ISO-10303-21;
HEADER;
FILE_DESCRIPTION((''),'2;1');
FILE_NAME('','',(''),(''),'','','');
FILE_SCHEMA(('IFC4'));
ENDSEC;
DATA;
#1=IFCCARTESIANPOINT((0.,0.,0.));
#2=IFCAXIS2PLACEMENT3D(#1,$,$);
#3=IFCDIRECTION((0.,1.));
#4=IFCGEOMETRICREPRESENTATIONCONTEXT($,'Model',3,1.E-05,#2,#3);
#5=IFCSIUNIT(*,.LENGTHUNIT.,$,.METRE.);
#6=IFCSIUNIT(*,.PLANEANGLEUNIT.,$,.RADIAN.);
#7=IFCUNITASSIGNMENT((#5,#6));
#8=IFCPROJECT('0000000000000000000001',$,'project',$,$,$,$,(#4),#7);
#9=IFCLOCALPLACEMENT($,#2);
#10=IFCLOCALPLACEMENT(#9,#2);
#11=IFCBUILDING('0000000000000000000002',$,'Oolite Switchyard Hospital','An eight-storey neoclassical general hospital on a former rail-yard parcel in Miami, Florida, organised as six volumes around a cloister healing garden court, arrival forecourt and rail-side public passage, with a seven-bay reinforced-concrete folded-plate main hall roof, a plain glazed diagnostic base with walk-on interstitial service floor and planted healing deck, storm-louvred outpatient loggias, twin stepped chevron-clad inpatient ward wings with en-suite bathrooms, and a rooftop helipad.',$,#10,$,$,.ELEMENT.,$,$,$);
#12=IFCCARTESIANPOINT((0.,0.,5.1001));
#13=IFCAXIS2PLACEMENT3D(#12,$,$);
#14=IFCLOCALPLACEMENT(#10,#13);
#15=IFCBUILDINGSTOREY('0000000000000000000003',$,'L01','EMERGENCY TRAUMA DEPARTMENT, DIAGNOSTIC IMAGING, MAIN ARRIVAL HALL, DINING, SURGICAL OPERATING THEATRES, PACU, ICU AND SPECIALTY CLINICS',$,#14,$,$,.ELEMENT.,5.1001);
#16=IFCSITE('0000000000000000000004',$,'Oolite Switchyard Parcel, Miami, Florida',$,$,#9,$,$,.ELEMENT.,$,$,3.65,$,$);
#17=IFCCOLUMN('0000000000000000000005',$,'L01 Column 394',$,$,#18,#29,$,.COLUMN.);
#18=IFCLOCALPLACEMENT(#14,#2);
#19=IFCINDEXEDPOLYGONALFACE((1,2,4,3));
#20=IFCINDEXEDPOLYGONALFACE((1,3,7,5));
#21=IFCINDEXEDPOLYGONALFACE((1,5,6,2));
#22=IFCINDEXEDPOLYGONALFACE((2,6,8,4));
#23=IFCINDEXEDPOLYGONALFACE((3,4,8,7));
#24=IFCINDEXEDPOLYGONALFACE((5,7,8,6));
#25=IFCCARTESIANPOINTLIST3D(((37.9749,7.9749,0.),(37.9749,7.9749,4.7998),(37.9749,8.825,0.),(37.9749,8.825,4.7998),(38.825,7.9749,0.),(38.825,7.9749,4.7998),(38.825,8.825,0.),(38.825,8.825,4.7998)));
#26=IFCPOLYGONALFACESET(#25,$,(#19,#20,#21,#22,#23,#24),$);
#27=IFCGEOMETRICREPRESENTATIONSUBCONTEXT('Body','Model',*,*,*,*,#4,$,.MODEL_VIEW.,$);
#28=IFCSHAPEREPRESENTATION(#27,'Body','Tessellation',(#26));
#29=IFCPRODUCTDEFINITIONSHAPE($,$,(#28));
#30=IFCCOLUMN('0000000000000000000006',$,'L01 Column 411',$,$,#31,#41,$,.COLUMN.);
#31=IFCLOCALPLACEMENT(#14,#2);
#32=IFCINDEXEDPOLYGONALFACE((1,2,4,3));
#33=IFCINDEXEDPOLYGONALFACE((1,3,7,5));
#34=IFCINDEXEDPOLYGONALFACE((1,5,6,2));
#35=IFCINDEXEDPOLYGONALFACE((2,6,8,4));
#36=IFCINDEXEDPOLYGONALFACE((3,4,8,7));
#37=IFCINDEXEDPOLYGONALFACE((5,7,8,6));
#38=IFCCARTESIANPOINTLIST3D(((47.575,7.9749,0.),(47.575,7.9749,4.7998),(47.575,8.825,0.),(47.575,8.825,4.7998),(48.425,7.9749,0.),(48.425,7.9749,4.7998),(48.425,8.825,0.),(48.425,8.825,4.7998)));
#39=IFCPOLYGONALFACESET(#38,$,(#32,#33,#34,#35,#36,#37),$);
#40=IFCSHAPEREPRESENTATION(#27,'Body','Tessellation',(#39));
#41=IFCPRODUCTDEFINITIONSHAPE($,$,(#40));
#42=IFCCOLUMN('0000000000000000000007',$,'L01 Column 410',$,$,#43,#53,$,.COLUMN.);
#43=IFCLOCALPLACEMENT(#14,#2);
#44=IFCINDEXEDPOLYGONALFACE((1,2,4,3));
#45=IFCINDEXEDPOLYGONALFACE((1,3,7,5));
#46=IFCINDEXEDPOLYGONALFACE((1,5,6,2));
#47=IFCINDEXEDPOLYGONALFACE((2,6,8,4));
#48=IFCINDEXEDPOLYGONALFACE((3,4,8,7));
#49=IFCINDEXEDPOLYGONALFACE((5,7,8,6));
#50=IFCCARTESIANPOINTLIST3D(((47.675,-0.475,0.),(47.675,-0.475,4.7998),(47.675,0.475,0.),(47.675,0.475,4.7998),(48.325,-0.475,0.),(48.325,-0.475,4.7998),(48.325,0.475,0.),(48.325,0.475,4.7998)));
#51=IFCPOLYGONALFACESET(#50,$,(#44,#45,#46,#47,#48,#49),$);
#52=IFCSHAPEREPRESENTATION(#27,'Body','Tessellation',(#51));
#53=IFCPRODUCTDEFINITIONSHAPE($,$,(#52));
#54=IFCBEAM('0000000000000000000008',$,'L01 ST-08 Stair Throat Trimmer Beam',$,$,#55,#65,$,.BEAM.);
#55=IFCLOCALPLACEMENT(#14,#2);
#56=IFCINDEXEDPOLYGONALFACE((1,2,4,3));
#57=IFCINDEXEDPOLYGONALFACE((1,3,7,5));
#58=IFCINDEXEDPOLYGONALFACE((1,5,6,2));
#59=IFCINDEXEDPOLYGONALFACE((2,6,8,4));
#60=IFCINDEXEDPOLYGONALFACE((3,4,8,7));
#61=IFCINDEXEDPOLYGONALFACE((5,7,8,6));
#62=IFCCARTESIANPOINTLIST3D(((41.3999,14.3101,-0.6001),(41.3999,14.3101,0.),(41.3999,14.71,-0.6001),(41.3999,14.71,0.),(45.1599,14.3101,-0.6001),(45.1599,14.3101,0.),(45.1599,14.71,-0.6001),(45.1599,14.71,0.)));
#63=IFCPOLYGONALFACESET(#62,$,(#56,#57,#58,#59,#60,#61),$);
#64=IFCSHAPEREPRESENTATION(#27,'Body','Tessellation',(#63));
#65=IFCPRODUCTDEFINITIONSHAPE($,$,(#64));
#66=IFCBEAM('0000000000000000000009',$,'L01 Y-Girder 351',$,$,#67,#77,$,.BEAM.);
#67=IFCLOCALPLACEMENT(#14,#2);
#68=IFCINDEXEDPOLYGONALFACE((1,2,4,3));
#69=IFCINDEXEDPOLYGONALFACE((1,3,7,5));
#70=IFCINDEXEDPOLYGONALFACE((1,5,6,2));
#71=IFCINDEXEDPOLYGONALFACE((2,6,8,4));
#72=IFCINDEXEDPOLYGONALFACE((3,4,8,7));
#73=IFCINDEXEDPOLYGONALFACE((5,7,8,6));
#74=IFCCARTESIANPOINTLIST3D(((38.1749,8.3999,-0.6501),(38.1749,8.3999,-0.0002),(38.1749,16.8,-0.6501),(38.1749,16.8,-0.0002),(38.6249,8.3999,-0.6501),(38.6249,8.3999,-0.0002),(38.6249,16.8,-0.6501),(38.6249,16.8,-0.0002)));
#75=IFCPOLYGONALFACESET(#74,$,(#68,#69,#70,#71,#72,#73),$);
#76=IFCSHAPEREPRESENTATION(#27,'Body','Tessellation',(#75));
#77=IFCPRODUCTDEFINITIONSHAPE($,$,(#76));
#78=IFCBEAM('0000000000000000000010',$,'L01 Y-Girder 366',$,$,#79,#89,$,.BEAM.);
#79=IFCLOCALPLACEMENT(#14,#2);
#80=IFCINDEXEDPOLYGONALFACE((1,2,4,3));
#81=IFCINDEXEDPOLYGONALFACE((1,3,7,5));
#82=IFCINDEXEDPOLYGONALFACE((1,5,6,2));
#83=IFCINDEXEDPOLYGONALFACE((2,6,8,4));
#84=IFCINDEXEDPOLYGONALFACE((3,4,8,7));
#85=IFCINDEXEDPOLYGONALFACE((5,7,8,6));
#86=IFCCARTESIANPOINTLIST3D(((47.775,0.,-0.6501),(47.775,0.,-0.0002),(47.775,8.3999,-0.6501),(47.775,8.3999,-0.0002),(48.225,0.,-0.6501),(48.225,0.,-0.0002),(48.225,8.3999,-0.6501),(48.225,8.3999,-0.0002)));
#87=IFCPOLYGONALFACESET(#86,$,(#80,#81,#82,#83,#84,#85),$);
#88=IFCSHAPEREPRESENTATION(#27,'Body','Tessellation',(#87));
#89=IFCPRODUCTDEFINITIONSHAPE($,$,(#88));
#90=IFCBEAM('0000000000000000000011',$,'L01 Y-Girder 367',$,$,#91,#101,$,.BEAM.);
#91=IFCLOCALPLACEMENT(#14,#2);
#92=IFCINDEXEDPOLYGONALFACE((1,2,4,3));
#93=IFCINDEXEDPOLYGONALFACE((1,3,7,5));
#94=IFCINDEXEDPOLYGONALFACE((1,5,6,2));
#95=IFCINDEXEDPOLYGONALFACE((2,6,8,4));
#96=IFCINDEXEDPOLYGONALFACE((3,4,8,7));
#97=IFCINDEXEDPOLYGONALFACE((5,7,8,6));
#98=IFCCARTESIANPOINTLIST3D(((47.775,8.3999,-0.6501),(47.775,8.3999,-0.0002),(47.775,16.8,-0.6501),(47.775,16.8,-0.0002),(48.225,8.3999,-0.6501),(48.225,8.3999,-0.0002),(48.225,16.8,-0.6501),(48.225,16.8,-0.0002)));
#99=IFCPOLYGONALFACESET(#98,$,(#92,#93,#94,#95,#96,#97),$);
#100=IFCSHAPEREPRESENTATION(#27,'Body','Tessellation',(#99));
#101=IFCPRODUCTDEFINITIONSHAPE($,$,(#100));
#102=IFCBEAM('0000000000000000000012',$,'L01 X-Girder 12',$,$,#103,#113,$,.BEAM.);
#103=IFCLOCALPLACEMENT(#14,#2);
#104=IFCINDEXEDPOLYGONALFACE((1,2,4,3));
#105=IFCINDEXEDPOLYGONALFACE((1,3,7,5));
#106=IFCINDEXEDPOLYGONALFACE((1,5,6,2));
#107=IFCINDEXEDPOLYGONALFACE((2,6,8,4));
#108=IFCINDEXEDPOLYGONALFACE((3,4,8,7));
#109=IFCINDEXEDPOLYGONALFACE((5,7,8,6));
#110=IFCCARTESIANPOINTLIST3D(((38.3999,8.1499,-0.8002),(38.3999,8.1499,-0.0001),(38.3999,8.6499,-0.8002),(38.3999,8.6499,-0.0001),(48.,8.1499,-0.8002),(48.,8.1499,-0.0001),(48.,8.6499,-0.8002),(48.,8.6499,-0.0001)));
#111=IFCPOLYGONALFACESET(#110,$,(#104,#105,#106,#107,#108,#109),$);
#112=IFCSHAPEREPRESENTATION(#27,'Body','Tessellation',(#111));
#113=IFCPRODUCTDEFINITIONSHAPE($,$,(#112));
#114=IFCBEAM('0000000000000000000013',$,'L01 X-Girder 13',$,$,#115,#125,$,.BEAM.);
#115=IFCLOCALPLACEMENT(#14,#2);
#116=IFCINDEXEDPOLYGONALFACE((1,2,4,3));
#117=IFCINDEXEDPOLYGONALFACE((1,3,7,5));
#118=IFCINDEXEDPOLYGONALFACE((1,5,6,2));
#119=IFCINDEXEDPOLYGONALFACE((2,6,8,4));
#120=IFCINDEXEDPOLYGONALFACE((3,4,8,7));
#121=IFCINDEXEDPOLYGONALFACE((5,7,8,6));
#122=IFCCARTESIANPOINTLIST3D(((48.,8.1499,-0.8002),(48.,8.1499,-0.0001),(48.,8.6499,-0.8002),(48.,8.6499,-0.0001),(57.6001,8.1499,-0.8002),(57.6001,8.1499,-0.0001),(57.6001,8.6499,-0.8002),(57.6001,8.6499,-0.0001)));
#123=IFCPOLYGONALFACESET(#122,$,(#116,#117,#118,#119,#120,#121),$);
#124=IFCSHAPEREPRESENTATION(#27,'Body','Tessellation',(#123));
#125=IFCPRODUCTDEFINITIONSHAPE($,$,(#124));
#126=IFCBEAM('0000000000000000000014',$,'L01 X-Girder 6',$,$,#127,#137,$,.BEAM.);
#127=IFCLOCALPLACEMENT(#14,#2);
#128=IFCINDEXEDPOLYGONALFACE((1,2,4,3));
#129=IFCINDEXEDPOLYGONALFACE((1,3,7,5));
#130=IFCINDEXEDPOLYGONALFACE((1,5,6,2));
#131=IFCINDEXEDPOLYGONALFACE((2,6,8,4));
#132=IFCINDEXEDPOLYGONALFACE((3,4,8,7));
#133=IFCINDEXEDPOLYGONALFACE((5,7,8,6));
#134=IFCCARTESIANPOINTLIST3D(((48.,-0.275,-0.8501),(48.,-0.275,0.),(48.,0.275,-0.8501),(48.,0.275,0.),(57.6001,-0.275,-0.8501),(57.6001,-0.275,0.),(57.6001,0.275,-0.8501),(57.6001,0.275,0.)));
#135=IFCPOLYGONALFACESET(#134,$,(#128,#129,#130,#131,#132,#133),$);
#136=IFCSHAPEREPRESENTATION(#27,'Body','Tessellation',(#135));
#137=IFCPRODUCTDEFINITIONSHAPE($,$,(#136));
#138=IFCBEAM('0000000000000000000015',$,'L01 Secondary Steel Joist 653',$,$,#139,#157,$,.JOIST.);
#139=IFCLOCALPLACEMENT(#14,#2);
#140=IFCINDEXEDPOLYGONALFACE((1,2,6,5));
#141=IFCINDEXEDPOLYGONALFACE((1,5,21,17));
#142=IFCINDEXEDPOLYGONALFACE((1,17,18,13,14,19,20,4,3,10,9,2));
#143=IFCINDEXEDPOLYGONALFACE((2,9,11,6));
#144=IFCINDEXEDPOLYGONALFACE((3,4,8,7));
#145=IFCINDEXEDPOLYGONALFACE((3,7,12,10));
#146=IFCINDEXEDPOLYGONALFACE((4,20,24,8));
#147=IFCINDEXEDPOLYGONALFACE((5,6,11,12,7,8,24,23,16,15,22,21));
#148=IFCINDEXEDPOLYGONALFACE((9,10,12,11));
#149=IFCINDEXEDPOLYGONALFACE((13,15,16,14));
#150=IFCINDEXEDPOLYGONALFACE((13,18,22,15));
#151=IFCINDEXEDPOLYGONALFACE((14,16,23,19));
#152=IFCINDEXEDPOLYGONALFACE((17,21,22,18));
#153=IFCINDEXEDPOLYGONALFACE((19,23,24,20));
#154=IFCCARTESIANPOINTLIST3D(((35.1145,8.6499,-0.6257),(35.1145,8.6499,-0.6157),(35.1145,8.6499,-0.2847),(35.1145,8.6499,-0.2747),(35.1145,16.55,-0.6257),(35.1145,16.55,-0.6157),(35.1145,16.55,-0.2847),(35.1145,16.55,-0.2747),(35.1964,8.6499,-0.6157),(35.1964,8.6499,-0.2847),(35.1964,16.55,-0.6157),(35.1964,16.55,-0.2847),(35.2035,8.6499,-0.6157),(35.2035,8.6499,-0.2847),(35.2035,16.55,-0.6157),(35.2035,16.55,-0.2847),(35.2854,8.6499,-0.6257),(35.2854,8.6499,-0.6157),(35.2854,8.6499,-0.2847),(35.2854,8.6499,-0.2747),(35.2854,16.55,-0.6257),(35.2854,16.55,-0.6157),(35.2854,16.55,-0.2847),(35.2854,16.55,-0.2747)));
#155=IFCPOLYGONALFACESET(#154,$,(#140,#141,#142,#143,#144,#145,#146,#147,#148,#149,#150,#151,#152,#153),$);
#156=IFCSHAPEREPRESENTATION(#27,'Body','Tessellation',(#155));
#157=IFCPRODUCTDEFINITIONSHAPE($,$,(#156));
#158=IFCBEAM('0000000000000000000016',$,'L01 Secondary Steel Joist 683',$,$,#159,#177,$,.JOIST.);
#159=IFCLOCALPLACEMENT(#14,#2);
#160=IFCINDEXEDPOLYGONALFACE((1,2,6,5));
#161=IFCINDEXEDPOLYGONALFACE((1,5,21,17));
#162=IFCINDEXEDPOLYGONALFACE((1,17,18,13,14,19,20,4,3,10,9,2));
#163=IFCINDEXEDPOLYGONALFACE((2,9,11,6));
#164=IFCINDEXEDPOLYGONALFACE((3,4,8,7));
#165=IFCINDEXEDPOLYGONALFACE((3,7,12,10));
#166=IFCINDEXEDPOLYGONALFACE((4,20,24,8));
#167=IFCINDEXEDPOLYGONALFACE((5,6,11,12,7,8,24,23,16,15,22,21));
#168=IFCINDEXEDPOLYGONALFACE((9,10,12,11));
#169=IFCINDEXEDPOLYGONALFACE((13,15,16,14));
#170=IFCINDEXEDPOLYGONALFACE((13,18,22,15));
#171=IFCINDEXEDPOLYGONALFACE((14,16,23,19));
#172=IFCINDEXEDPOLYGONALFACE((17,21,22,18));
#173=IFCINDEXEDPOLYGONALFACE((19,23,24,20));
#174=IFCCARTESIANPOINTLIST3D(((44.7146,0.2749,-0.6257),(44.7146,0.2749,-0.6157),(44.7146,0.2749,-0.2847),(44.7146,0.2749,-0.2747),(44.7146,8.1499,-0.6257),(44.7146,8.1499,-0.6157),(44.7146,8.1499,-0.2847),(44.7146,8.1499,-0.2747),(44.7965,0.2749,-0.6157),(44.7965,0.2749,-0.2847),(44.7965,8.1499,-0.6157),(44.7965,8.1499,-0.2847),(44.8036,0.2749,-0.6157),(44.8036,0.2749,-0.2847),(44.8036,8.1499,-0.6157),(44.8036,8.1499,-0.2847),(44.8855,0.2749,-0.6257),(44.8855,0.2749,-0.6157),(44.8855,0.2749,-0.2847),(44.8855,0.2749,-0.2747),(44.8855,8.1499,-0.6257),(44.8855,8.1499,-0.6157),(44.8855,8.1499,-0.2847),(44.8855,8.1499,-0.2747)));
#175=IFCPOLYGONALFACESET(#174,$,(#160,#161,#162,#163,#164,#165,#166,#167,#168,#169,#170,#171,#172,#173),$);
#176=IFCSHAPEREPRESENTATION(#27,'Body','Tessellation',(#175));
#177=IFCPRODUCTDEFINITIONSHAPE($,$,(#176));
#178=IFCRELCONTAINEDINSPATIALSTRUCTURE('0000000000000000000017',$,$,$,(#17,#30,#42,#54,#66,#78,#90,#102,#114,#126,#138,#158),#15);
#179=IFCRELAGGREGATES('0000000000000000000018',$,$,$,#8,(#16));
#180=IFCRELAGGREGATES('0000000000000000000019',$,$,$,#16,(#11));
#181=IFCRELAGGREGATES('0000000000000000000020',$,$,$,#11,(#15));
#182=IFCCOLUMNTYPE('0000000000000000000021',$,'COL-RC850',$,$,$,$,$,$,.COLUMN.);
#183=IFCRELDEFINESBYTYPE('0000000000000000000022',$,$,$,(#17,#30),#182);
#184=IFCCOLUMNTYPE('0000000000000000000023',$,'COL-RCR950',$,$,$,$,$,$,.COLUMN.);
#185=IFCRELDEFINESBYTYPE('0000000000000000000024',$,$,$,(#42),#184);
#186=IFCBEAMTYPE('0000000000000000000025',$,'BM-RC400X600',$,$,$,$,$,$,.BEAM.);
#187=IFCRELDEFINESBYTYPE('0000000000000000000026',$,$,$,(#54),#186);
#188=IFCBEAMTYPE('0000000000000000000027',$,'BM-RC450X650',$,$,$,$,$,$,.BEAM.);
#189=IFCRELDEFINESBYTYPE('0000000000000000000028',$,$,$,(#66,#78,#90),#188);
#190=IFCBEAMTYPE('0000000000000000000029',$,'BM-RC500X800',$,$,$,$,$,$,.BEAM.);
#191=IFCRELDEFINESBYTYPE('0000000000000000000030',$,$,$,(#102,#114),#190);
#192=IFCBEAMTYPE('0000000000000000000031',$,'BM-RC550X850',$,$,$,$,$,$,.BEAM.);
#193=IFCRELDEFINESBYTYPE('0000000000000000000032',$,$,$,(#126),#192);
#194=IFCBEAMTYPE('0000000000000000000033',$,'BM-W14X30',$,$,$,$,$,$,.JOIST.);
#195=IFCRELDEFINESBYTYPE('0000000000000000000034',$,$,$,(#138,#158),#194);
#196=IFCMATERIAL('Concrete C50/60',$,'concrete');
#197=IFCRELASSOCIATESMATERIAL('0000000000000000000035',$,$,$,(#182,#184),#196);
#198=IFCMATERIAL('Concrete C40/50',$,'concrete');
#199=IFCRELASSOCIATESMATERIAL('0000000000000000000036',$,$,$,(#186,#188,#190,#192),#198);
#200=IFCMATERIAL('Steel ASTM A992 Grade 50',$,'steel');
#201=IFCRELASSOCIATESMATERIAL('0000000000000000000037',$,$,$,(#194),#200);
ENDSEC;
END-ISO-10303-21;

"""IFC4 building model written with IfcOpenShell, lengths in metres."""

from ifc_helpers import new_model, si_unit, direction, frame, origin, origin_2d, place, context, subcontext, project, spatial, rectangle, i_section, extrude, material, material_profile, profile_set, type_object, element, save


model = new_model("IFC4")

# Units and contexts
model_context = context("Model", 3, precision=1e-05, world=origin(), true_north=direction((0.0, 1.0)))
body_context = subcontext(model_context, "Body", "Model", "MODEL_VIEW")
ifc_project = project(units=[si_unit("LENGTHUNIT", "METRE"), si_unit("PLANEANGLEUNIT", "RADIAN")], contexts=[model_context])

# Site, building, storey
site_placement = place(None, origin())
site = spatial("IfcSite", under=ifc_project, at=site_placement, Name="Oolite Switchyard Parcel, Miami, Florida", CompositionType="ELEMENT", RefElevation=3.65)
building_placement = place(site_placement, origin())
building = spatial("IfcBuilding", under=site, at=building_placement, Name="Oolite Switchyard Hospital", Description="An eight-storey neoclassical general hospital on a former rail-yard parcel in Miami, Florida, organised as six volumes around a cloister healing garden court, arrival forecourt and rail-side public passage, with a seven-bay reinforced-concrete folded-plate main hall roof, a plain glazed diagnostic base with walk-on interstitial service floor and planted healing deck, storm-louvred outpatient loggias, twin stepped chevron-clad inpatient ward wings with en-suite bathrooms, and a rooftop helipad.", CompositionType="ELEMENT")
storey_placement = place(building_placement, frame((0.0, 0.0, 5.1001)))
storey = spatial("IfcBuildingStorey", under=building, at=storey_placement, Name="L01", Description="EMERGENCY TRAUMA DEPARTMENT, DIAGNOSTIC IMAGING, MAIN ARRIVAL HALL, DINING, SURGICAL OPERATING THEATRES, PACU, ICU AND SPECIALTY CLINICS", CompositionType="ELEMENT", Elevation=5.1001)

# Columns
ifc_material_1 = material(Name="Concrete C50/60", Category="concrete")
ifc_material_profile_1 = material_profile(ifc_material_1, rectangle(XDim=0.8501, YDim=0.8501, at=origin_2d()), Name="RC850X850")
ifc_profile_set_1 = profile_set([ifc_material_profile_1], Name="Concrete C50/60")
column_type_1 = type_object("IfcColumnType", Name="COL-RC850", PredefinedType="COLUMN", material=ifc_profile_set_1)
for number, where, z_axis, x_axis, name in (
    (1, (38.3999, 8.3999, 0.0), (0.0, 0.0, 1.0), (1.0, 0.0, 0.0), "L01 Column 394"),
    (2, (48.0, 8.3999, 0.0), (0.0, 0.0, 1.0), (1.0, 0.0, 0.0), "L01 Column 411"),
):
    element("IfcColumn", number, at=place(storey_placement, frame(where, z_axis=z_axis, x_axis=x_axis)), inside=storey, type_object=column_type_1, Name=name, PredefinedType="COLUMN", context=body_context, shape_type="SweptSolid", body=[
        extrude(rectangle(XDim=0.8501, YDim=0.8501, at=origin_2d()), origin(), (0.0, 0.0, 1.0), 4.7998),
    ])
ifc_material_profile_2 = material_profile(ifc_material_1, rectangle(XDim=0.95, YDim=0.6499, at=origin_2d()), Name="RC950X650")
ifc_profile_set_2 = profile_set([ifc_material_profile_2], Name="Concrete C50/60")
column_type_2 = type_object("IfcColumnType", Name="COL-RCR950", PredefinedType="COLUMN", material=ifc_profile_set_2)
column_placement = place(storey_placement, frame((48.0, 0.0, 0.0), z_axis=(0.0, 0.0, 1.0), x_axis=(0.0, 1.0, 0.0)))
element("IfcColumn", 3, at=column_placement, inside=storey, type_object=column_type_2, Name="L01 Column 410", PredefinedType="COLUMN", context=body_context, shape_type="SweptSolid", body=[
    extrude(rectangle(XDim=0.95, YDim=0.6499, at=origin_2d()), origin(), (0.0, 0.0, 1.0), 4.7998),
])

# Beams
ifc_material_2 = material(Name="Concrete C40/50", Category="concrete")
ifc_material_profile_3 = material_profile(ifc_material_2, rectangle(XDim=0.3999, YDim=0.6001, at=origin_2d()), Name="RCB400X600")
ifc_profile_set_3 = profile_set([ifc_material_profile_3], Name="Concrete C40/50")
beam_type_1 = type_object("IfcBeamType", Name="BM-RC400X600", PredefinedType="BEAM", material=ifc_profile_set_3)
beam_1_placement = place(storey_placement, frame((41.3999, 14.51, -0.3), z_axis=(1.0, 0.0, 0.0), x_axis=(0.0, 1.0, 0.0)))
element("IfcBeam", 4, at=beam_1_placement, inside=storey, type_object=beam_type_1, Name="L01 ST-08 Stair Throat Trimmer Beam", PredefinedType="BEAM", context=body_context, shape_type="SweptSolid", body=[
    extrude(rectangle(XDim=0.3999, YDim=0.6001, at=origin_2d()), origin(), (0.0, 0.0, 1.0), 3.76),
])
ifc_material_profile_4 = material_profile(ifc_material_2, rectangle(XDim=0.45, YDim=0.6499, at=origin_2d()), Name="RCB450X650")
ifc_profile_set_4 = profile_set([ifc_material_profile_4], Name="Concrete C40/50")
beam_type_2 = type_object("IfcBeamType", Name="BM-RC450X650", PredefinedType="BEAM", material=ifc_profile_set_4)
beam_2_placement = place(storey_placement, frame((38.3999, 8.3999, -0.3252), z_axis=(0.0, 1.0, 0.0), x_axis=(-1.0, 0.0, 0.0)))
element("IfcBeam", 5, at=beam_2_placement, inside=storey, type_object=beam_type_2, Name="L01 Y-Girder 351", PredefinedType="BEAM", context=body_context, shape_type="SweptSolid", body=[
    extrude(rectangle(XDim=0.45, YDim=0.6499, at=origin_2d()), origin(), (0.0, 0.0, 1.0), 8.4001),
])
beam_3_placement = place(storey_placement, frame((48.0, 0.0, -0.3252), z_axis=(0.0, 1.0, 0.0), x_axis=(-1.0, 0.0, 0.0)))
element("IfcBeam", 6, at=beam_3_placement, inside=storey, type_object=beam_type_2, Name="L01 Y-Girder 366", PredefinedType="BEAM", context=body_context, shape_type="SweptSolid", body=[
    extrude(rectangle(XDim=0.45, YDim=0.6499, at=origin_2d()), origin(), (0.0, 0.0, 1.0), 8.3999),
])
beam_4_placement = place(storey_placement, frame((48.0, 8.3999, -0.3252), z_axis=(0.0, 1.0, 0.0), x_axis=(-1.0, 0.0, 0.0)))
element("IfcBeam", 7, at=beam_4_placement, inside=storey, type_object=beam_type_2, Name="L01 Y-Girder 367", PredefinedType="BEAM", context=body_context, shape_type="SweptSolid", body=[
    extrude(rectangle(XDim=0.45, YDim=0.6499, at=origin_2d()), origin(), (0.0, 0.0, 1.0), 8.4001),
])
ifc_material_profile_5 = material_profile(ifc_material_2, rectangle(XDim=0.5, YDim=0.8, at=origin_2d()), Name="RCB500X800")
ifc_profile_set_5 = profile_set([ifc_material_profile_5], Name="Concrete C40/50")
beam_type_3 = type_object("IfcBeamType", Name="BM-RC500X800", PredefinedType="BEAM", material=ifc_profile_set_5)
for number, where, z_axis, x_axis, name in (
    (8, (38.3999, 8.3999, -0.4001), (1.0, 0.0, 0.0), (0.0, 1.0, 0.0), "L01 X-Girder 12"),
    (9, (48.0, 8.3999, -0.4001), (1.0, 0.0, 0.0), (0.0, 1.0, 0.0), "L01 X-Girder 13"),
):
    element("IfcBeam", number, at=place(storey_placement, frame(where, z_axis=z_axis, x_axis=x_axis)), inside=storey, type_object=beam_type_3, Name=name, PredefinedType="BEAM", context=body_context, shape_type="SweptSolid", body=[
        extrude(rectangle(XDim=0.5, YDim=0.8, at=origin_2d()), origin(), (0.0, 0.0, 1.0), 9.6001),
    ])
ifc_material_profile_6 = material_profile(ifc_material_2, rectangle(XDim=0.55, YDim=0.8501, at=origin_2d()), Name="RCB550X850")
ifc_profile_set_6 = profile_set([ifc_material_profile_6], Name="Concrete C40/50")
beam_type_4 = type_object("IfcBeamType", Name="BM-RC550X850", PredefinedType="BEAM", material=ifc_profile_set_6)
beam_5_placement = place(storey_placement, frame((48.0, 0.0, -0.425), z_axis=(1.0, 0.0, 0.0), x_axis=(0.0, 1.0, 0.0)))
element("IfcBeam", 10, at=beam_5_placement, inside=storey, type_object=beam_type_4, Name="L01 X-Girder 6", PredefinedType="BEAM", context=body_context, shape_type="SweptSolid", body=[
    extrude(rectangle(XDim=0.55, YDim=0.8501, at=origin_2d()), origin(), (0.0, 0.0, 1.0), 9.6001),
])
ifc_material_3 = material(Name="Steel ASTM A992 Grade 50", Category="steel")
ifc_material_profile_7 = material_profile(ifc_material_3, i_section(OverallWidth=0.1709, OverallDepth=0.3511, WebThickness=0.0071, FlangeThickness=0.01, at=origin_2d()), Name="W14X30")
ifc_profile_set_7 = profile_set([ifc_material_profile_7], Name="Steel ASTM A992 Grade 50")
beam_type_5 = type_object("IfcBeamType", Name="BM-W14X30", PredefinedType="JOIST", material=ifc_profile_set_7)
beam_6_placement = place(storey_placement, frame((35.2, 8.6499, -0.4502), z_axis=(0.0, 1.0, 0.0), x_axis=(-1.0, 0.0, 0.0)))
element("IfcBeam", 11, at=beam_6_placement, inside=storey, type_object=beam_type_5, Name="L01 Secondary Steel Joist 653", PredefinedType="JOIST", context=body_context, shape_type="SweptSolid", body=[
    extrude(i_section(OverallWidth=0.1709, OverallDepth=0.3511, WebThickness=0.0071, FlangeThickness=0.01, at=origin_2d()), origin(), (0.0, 0.0, 1.0), 7.9001),
])
beam_7_placement = place(storey_placement, frame((44.8, 0.2749, -0.4502), z_axis=(0.0, 1.0, 0.0), x_axis=(-1.0, 0.0, 0.0)))
element("IfcBeam", 12, at=beam_7_placement, inside=storey, type_object=beam_type_5, Name="L01 Secondary Steel Joist 683", PredefinedType="JOIST", context=body_context, shape_type="SweptSolid", body=[
    extrude(i_section(OverallWidth=0.1709, OverallDepth=0.3511, WebThickness=0.0071, FlangeThickness=0.01, at=origin_2d()), origin(), (0.0, 0.0, 1.0), 7.875),
])

save(model, "model.ifc")
